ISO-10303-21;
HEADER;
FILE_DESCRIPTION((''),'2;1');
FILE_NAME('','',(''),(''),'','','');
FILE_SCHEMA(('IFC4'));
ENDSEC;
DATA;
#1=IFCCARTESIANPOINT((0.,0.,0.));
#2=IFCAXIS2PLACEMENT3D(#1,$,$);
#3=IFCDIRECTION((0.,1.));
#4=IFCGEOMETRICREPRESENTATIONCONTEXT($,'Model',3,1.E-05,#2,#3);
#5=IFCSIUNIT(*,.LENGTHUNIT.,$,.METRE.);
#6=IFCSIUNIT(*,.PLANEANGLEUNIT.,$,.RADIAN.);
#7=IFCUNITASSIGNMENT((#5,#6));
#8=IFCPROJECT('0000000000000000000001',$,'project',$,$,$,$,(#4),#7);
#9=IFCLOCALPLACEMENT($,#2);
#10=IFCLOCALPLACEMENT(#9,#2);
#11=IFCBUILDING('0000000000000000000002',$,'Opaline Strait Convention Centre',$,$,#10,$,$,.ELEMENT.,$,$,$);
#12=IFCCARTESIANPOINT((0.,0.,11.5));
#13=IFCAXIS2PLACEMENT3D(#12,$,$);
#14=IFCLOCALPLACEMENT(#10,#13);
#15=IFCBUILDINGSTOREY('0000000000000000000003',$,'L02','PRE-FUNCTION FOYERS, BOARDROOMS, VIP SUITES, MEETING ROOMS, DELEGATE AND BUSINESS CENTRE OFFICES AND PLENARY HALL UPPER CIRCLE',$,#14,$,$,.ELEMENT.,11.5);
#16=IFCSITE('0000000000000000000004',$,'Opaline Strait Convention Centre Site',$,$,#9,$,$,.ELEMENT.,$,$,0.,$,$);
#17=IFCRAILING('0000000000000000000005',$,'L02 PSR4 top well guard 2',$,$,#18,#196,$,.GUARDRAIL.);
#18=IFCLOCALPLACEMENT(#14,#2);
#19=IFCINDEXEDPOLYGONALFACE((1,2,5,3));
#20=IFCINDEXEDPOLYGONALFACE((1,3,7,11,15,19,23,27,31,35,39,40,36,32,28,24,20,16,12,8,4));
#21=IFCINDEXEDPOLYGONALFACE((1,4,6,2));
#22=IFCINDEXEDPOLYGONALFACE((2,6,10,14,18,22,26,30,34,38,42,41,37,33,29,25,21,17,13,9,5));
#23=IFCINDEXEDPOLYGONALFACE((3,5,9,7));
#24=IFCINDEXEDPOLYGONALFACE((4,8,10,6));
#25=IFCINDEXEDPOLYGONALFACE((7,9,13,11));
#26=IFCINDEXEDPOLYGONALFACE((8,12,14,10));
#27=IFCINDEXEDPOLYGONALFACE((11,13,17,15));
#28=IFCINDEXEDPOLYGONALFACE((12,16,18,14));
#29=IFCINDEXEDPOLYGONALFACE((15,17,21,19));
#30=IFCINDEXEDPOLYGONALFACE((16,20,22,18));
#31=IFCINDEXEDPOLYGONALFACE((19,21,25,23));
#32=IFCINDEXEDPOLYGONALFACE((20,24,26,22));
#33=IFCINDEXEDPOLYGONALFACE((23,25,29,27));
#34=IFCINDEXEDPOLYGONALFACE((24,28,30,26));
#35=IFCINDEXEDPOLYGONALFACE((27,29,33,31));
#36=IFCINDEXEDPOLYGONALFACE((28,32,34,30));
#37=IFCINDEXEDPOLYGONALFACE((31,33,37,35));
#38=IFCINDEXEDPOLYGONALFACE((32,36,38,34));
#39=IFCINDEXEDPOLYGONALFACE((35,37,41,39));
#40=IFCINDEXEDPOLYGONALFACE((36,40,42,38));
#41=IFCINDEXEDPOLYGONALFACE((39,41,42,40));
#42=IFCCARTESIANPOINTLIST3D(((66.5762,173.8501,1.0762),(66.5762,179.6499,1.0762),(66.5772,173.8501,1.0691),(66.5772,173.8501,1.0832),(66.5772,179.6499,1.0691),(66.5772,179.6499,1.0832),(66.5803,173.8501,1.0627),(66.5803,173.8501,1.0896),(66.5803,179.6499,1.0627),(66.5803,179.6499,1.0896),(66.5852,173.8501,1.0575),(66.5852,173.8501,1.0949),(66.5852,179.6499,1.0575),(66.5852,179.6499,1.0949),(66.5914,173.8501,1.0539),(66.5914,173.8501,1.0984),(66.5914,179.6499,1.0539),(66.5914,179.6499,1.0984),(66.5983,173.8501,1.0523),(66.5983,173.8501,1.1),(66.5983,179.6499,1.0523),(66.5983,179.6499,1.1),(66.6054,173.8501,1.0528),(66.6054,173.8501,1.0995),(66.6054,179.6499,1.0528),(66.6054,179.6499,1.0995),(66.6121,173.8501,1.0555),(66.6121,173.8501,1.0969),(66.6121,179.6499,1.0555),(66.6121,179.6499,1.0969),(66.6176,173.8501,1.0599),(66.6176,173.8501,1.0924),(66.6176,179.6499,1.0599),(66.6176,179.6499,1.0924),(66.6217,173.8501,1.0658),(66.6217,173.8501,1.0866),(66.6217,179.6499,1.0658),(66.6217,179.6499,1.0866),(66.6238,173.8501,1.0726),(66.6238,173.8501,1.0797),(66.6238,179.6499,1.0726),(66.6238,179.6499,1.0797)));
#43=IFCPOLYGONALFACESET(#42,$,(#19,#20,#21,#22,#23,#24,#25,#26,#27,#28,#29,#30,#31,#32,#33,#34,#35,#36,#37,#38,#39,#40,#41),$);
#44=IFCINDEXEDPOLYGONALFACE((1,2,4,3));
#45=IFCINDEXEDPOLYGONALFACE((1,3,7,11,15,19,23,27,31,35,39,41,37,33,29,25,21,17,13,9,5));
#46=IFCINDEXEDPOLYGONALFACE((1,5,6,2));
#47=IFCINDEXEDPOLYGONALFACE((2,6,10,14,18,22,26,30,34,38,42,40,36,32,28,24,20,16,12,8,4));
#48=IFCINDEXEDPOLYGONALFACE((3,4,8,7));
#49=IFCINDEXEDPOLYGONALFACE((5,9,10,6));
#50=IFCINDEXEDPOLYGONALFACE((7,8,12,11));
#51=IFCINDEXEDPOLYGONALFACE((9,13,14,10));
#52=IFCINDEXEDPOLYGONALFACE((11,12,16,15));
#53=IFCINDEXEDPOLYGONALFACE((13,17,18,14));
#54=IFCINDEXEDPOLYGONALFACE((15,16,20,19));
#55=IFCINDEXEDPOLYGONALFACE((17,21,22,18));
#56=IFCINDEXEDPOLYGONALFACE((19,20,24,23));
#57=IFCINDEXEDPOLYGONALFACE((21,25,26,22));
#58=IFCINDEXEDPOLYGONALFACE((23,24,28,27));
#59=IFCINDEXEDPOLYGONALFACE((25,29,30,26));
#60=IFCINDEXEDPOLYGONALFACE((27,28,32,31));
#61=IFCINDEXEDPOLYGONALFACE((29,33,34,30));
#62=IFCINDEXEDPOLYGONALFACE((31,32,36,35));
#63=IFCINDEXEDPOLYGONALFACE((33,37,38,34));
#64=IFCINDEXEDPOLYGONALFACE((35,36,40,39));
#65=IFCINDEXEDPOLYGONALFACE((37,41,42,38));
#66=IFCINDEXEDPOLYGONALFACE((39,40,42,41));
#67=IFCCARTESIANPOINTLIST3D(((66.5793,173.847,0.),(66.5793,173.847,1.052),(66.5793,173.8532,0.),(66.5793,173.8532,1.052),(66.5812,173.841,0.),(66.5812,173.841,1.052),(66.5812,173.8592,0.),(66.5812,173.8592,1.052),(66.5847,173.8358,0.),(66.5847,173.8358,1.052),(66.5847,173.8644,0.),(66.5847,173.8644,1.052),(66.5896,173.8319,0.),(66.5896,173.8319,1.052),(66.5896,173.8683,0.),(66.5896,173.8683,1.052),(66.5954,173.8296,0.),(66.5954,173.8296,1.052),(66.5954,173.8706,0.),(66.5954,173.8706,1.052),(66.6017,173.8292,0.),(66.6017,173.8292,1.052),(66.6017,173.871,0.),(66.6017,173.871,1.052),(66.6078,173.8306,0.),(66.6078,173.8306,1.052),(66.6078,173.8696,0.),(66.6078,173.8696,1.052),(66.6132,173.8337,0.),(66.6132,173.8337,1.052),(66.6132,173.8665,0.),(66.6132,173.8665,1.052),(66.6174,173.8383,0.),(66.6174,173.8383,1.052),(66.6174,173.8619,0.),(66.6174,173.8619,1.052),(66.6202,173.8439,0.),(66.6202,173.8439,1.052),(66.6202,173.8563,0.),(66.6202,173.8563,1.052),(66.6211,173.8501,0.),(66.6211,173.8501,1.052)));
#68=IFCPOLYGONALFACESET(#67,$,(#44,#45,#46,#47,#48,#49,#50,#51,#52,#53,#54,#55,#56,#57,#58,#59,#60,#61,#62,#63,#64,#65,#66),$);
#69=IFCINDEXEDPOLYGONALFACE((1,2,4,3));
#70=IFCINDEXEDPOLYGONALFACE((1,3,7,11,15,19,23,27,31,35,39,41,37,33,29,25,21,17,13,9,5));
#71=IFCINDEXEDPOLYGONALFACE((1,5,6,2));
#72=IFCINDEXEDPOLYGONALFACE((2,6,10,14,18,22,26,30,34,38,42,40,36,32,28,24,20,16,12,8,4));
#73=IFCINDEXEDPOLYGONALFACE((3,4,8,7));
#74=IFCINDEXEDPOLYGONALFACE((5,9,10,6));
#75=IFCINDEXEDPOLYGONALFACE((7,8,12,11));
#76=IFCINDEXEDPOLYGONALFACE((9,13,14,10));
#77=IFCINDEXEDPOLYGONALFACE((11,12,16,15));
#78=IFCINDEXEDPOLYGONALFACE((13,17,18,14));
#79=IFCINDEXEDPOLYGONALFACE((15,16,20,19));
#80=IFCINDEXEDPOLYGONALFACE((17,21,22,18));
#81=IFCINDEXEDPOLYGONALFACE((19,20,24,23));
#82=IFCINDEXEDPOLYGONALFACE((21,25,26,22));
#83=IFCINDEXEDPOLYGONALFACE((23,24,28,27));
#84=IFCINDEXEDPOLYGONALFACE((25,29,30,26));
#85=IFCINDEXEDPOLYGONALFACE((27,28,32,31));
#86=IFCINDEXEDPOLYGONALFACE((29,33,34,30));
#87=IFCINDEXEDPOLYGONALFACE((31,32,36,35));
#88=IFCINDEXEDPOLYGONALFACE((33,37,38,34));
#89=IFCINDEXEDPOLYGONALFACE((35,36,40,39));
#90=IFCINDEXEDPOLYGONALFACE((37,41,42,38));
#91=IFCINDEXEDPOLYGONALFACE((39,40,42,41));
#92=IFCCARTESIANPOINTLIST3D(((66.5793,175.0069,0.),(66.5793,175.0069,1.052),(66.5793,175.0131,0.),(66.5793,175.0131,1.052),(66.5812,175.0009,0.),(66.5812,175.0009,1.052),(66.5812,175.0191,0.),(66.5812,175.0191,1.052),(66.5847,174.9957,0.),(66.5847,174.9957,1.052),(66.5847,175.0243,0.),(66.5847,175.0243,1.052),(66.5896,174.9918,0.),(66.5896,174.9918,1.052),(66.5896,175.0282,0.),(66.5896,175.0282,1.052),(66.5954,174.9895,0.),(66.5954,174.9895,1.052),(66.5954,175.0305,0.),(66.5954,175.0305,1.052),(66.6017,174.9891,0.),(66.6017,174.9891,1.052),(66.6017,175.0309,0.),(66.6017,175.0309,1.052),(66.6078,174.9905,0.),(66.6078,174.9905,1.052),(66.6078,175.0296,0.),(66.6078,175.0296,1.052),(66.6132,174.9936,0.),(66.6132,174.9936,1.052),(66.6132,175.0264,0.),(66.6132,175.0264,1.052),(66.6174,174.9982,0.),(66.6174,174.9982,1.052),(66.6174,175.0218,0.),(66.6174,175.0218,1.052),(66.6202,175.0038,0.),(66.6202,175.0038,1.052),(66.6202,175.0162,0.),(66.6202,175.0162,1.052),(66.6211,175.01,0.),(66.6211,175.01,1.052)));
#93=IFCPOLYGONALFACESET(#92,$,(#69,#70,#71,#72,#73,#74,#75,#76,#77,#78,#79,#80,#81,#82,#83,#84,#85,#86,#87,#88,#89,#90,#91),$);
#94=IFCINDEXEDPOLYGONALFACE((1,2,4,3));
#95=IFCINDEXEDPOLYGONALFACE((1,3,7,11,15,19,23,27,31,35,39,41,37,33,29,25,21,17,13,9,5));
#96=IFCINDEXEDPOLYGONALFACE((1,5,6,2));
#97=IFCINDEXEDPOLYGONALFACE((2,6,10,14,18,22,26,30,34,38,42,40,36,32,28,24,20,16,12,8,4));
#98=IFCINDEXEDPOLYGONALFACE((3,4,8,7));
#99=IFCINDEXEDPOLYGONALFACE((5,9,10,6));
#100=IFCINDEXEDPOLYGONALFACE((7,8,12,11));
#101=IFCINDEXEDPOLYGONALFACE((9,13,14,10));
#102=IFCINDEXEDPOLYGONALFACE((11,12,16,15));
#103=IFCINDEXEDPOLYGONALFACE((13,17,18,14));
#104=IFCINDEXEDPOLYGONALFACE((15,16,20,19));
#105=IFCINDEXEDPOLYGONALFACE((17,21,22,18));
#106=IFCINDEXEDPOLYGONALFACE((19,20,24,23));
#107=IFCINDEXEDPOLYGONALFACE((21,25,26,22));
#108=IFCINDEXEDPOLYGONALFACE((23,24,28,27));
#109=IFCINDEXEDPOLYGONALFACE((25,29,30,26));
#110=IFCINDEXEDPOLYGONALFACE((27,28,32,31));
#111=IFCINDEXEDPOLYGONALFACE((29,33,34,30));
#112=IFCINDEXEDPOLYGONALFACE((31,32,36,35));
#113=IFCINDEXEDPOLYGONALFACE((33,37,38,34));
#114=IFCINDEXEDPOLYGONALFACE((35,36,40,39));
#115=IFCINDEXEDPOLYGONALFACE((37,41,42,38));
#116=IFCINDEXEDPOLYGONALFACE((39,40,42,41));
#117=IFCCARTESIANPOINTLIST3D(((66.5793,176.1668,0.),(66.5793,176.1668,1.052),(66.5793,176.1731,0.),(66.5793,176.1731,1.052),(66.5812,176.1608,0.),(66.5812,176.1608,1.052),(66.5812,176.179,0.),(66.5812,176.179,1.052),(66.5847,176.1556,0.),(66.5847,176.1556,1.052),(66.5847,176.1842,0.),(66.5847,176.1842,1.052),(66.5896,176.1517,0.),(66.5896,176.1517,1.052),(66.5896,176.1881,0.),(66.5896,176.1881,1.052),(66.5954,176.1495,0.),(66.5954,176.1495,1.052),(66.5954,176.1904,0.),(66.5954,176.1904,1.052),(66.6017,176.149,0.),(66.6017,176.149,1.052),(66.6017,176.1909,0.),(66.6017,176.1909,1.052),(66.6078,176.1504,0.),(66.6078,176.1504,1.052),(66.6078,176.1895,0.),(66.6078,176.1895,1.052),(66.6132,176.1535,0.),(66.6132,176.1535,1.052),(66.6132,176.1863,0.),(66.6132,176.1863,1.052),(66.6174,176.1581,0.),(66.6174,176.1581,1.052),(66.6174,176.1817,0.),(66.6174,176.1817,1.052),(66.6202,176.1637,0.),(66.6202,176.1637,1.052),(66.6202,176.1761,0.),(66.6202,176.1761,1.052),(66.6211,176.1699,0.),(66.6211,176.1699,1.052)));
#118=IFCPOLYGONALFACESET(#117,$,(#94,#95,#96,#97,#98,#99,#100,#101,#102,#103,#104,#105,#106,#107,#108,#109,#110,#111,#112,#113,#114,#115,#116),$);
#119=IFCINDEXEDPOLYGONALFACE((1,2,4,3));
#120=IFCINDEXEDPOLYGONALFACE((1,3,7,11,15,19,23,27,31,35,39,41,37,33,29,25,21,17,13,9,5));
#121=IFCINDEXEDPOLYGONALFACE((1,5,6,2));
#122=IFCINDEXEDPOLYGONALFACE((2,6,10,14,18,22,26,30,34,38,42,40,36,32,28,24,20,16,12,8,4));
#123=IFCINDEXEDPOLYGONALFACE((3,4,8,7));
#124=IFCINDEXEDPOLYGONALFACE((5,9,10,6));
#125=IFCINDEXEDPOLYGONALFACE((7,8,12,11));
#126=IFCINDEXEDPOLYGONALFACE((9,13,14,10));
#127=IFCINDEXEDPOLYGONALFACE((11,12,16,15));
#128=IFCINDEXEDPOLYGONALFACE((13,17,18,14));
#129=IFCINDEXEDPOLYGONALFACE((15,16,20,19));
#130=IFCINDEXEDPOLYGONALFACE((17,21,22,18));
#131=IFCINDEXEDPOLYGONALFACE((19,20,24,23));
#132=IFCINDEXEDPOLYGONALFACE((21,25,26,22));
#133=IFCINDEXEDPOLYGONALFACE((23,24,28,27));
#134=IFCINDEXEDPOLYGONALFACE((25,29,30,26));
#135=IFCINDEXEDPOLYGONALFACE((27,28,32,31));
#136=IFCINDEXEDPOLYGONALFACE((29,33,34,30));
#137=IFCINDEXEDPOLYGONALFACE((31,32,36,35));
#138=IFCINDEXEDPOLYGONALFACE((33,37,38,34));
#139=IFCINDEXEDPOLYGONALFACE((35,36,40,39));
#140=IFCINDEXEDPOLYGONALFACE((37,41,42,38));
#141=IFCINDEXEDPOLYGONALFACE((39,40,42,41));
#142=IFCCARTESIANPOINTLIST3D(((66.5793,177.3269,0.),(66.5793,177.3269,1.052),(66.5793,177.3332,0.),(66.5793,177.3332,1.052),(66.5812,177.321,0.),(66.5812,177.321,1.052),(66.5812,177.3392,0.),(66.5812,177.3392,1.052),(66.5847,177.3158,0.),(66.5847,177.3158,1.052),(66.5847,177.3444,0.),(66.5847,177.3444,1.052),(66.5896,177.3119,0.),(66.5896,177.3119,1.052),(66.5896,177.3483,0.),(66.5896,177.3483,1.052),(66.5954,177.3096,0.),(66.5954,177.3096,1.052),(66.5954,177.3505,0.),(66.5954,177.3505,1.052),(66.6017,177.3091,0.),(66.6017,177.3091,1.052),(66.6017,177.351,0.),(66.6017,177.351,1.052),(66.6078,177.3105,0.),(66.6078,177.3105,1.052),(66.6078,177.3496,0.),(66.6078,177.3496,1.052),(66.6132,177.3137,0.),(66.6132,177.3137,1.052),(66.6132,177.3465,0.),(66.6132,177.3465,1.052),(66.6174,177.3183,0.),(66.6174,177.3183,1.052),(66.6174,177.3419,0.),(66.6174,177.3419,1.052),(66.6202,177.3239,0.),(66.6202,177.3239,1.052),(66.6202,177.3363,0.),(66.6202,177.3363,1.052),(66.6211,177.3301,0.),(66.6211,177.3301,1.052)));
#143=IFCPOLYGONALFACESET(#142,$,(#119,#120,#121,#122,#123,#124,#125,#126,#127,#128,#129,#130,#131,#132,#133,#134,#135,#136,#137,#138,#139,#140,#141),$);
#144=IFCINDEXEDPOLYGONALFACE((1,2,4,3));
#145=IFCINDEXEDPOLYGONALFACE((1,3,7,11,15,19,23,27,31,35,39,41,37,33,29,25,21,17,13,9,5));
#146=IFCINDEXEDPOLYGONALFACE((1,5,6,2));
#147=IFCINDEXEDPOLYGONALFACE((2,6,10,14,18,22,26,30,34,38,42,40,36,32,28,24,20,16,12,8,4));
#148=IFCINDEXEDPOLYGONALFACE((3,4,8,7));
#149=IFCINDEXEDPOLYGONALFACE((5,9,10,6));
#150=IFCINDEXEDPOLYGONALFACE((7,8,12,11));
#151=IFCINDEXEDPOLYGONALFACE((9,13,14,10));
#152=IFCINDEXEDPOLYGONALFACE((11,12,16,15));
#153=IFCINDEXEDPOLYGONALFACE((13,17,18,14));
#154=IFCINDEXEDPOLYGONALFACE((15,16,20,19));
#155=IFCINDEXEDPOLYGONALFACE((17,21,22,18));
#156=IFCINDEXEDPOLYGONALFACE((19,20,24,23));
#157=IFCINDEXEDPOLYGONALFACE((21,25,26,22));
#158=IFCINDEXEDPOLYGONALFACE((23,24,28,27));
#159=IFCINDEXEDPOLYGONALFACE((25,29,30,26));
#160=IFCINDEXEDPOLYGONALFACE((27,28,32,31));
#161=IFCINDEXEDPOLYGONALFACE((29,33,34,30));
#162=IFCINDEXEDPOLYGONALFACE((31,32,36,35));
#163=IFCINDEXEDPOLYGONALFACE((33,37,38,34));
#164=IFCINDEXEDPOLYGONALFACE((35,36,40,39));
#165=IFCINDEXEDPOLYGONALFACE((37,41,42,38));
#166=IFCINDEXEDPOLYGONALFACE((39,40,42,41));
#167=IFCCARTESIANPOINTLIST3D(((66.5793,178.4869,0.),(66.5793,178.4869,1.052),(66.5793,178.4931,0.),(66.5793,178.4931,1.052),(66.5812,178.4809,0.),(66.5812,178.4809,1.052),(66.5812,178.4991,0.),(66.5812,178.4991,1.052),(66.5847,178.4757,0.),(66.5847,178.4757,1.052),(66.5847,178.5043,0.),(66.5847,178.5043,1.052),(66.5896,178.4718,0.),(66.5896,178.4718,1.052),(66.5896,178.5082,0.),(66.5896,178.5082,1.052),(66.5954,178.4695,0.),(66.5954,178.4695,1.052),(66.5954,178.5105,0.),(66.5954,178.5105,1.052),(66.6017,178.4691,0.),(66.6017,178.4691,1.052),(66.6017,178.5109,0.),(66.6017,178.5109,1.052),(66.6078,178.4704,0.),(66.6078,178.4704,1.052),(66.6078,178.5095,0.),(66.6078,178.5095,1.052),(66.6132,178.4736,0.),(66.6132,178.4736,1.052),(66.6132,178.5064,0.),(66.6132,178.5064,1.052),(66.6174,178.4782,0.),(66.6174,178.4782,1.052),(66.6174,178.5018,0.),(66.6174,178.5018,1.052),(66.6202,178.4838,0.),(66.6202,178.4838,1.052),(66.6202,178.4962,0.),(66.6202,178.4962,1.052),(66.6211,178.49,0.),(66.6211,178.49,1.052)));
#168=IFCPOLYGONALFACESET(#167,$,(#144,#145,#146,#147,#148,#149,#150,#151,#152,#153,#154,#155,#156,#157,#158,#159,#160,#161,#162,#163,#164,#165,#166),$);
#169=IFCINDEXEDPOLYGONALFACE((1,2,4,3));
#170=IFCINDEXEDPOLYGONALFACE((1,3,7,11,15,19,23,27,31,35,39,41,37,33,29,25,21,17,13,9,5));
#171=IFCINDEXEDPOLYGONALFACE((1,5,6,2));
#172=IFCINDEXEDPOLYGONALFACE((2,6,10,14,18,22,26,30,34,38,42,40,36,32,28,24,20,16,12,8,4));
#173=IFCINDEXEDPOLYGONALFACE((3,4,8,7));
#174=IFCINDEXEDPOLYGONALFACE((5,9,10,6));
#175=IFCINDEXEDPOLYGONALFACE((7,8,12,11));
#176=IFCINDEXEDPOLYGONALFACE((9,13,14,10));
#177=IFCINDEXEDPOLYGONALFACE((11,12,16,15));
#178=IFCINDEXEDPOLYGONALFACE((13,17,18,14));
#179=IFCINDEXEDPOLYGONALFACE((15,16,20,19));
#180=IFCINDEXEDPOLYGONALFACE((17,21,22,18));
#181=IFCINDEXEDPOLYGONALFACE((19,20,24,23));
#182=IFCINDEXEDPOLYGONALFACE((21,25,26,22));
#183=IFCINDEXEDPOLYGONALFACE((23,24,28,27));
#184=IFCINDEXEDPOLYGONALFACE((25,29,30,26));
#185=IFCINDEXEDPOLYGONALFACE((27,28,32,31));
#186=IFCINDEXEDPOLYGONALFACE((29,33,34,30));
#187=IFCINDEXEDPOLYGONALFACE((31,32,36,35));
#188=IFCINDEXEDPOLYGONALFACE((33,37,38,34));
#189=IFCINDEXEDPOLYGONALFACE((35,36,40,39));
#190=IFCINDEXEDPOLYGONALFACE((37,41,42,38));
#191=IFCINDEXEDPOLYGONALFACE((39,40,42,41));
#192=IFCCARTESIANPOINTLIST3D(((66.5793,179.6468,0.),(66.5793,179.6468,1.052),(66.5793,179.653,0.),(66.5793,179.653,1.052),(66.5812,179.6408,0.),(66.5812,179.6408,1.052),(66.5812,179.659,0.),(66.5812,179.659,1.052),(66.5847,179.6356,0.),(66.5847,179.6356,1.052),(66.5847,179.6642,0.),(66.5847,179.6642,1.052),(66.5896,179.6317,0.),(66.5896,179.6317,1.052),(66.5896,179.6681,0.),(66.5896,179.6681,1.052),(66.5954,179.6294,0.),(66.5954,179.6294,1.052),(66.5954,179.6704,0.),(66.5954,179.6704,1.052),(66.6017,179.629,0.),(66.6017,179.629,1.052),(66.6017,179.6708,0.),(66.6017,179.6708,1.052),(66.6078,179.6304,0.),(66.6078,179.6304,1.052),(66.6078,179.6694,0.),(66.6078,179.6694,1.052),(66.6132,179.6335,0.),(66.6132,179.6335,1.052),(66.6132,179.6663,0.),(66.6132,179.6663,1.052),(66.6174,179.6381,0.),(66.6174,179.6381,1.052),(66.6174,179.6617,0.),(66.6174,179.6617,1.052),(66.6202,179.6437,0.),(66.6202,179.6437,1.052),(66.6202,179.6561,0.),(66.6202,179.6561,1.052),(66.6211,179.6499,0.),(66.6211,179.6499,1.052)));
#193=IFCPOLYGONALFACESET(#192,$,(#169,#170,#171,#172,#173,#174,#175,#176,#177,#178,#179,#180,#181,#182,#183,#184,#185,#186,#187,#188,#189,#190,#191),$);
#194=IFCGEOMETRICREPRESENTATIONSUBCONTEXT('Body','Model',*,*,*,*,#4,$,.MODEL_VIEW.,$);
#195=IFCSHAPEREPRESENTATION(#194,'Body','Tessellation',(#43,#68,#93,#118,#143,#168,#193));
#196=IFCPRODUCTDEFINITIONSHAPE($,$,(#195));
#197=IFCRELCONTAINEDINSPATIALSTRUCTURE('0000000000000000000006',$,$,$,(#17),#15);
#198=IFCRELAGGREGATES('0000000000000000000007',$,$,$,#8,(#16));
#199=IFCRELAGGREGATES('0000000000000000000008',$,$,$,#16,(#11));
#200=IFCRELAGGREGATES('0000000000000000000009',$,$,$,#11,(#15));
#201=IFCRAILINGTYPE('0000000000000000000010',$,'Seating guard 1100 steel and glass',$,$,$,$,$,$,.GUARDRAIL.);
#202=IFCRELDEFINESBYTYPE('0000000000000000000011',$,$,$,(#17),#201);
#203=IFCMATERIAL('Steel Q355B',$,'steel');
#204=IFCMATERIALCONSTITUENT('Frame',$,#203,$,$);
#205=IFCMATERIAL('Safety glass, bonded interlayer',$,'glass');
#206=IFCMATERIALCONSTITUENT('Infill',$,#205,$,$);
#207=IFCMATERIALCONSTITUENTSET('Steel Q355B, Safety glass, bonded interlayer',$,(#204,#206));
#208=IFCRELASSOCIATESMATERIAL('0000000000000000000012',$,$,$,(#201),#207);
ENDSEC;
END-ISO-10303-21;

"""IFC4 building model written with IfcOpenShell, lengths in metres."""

from ifc_helpers import new_model, si_unit, direction, frame, origin, origin_2d, place, context, subcontext, project, spatial, circle, extrude, material, constituent, constituent_set, type_object, element, save


model = new_model("IFC4")

# Units and contexts
model_context = context("Model", 3, precision=1e-05, world=origin(), true_north=direction((0.0, 1.0)))
body_context = subcontext(model_context, "Body", "Model", "MODEL_VIEW")
ifc_project = project(units=[si_unit("LENGTHUNIT", "METRE"), si_unit("PLANEANGLEUNIT", "RADIAN")], contexts=[model_context])

# Site, building, storey
site_placement = place(None, origin())
site = spatial("IfcSite", under=ifc_project, at=site_placement, Name="Opaline Strait Convention Centre Site", CompositionType="ELEMENT", RefElevation=0.0)
building_placement = place(site_placement, origin())
building = spatial("IfcBuilding", under=site, at=building_placement, Name="Opaline Strait Convention Centre", CompositionType="ELEMENT")
storey_placement = place(building_placement, frame((0.0, 0.0, 11.5)))
storey = spatial("IfcBuildingStorey", under=building, at=storey_placement, Name="L02", Description="PRE-FUNCTION FOYERS, BOARDROOMS, VIP SUITES, MEETING ROOMS, DELEGATE AND BUSINESS CENTRE OFFICES AND PLENARY HALL UPPER CIRCLE", CompositionType="ELEMENT", Elevation=11.5)

# Railing
ifc_material_1 = material(Name="Steel Q355B", Category="steel")
ifc_constituent_1 = constituent(ifc_material_1, Name="Frame")
ifc_material_2 = material(Name="Safety glass, bonded interlayer", Category="glass")
ifc_constituent_2 = constituent(ifc_material_2, Name="Infill")
ifc_constituent_set = constituent_set(constituents=[ifc_constituent_1, ifc_constituent_2], Name="Steel Q355B, Safety glass, bonded interlayer")
railing_type = type_object("IfcRailingType", Name="Seating guard 1100 steel and glass", PredefinedType="GUARDRAIL", material=ifc_constituent_set)
railing_1_placement = place(storey_placement, frame((66.6001, 173.8501, 0.0)))
element("IfcRailing", 1, at=railing_1_placement, inside=storey, type_object=railing_type, Name="L02 PSR4 top well guard 2", PredefinedType="GUARDRAIL", context=body_context, shape_type="SweptSolid", body=[
    extrude(circle(Radius=0.0239, at=origin_2d()), frame((0.0, 0.0, 1.0762), z_axis=(0.0, 1.0, 0.0), x_axis=(-1.0, 0.0, 0.0)), (0.0, 0.0, 1.0), 5.7998),
    extrude(circle(Radius=0.021, at=origin_2d()), origin(), (0.0, 0.0, 1.0), 1.052),
    extrude(circle(Radius=0.021, at=origin_2d()), frame((0.0, 1.1599, 0.0)), (0.0, 0.0, 1.0), 1.052),
    extrude(circle(Radius=0.021, at=origin_2d()), frame((0.0, 2.3198, 0.0)), (0.0, 0.0, 1.0), 1.052),
    extrude(circle(Radius=0.021, at=origin_2d()), frame((0.0, 3.48, 0.0)), (0.0, 0.0, 1.0), 1.052),
    extrude(circle(Radius=0.021, at=origin_2d()), frame((0.0, 4.6399, 0.0)), (0.0, 0.0, 1.0), 1.052),
    extrude(circle(Radius=0.021, at=origin_2d()), frame((0.0, 5.7998, 0.0)), (0.0, 0.0, 1.0), 1.052),
])

save(model, "model.ifc")
